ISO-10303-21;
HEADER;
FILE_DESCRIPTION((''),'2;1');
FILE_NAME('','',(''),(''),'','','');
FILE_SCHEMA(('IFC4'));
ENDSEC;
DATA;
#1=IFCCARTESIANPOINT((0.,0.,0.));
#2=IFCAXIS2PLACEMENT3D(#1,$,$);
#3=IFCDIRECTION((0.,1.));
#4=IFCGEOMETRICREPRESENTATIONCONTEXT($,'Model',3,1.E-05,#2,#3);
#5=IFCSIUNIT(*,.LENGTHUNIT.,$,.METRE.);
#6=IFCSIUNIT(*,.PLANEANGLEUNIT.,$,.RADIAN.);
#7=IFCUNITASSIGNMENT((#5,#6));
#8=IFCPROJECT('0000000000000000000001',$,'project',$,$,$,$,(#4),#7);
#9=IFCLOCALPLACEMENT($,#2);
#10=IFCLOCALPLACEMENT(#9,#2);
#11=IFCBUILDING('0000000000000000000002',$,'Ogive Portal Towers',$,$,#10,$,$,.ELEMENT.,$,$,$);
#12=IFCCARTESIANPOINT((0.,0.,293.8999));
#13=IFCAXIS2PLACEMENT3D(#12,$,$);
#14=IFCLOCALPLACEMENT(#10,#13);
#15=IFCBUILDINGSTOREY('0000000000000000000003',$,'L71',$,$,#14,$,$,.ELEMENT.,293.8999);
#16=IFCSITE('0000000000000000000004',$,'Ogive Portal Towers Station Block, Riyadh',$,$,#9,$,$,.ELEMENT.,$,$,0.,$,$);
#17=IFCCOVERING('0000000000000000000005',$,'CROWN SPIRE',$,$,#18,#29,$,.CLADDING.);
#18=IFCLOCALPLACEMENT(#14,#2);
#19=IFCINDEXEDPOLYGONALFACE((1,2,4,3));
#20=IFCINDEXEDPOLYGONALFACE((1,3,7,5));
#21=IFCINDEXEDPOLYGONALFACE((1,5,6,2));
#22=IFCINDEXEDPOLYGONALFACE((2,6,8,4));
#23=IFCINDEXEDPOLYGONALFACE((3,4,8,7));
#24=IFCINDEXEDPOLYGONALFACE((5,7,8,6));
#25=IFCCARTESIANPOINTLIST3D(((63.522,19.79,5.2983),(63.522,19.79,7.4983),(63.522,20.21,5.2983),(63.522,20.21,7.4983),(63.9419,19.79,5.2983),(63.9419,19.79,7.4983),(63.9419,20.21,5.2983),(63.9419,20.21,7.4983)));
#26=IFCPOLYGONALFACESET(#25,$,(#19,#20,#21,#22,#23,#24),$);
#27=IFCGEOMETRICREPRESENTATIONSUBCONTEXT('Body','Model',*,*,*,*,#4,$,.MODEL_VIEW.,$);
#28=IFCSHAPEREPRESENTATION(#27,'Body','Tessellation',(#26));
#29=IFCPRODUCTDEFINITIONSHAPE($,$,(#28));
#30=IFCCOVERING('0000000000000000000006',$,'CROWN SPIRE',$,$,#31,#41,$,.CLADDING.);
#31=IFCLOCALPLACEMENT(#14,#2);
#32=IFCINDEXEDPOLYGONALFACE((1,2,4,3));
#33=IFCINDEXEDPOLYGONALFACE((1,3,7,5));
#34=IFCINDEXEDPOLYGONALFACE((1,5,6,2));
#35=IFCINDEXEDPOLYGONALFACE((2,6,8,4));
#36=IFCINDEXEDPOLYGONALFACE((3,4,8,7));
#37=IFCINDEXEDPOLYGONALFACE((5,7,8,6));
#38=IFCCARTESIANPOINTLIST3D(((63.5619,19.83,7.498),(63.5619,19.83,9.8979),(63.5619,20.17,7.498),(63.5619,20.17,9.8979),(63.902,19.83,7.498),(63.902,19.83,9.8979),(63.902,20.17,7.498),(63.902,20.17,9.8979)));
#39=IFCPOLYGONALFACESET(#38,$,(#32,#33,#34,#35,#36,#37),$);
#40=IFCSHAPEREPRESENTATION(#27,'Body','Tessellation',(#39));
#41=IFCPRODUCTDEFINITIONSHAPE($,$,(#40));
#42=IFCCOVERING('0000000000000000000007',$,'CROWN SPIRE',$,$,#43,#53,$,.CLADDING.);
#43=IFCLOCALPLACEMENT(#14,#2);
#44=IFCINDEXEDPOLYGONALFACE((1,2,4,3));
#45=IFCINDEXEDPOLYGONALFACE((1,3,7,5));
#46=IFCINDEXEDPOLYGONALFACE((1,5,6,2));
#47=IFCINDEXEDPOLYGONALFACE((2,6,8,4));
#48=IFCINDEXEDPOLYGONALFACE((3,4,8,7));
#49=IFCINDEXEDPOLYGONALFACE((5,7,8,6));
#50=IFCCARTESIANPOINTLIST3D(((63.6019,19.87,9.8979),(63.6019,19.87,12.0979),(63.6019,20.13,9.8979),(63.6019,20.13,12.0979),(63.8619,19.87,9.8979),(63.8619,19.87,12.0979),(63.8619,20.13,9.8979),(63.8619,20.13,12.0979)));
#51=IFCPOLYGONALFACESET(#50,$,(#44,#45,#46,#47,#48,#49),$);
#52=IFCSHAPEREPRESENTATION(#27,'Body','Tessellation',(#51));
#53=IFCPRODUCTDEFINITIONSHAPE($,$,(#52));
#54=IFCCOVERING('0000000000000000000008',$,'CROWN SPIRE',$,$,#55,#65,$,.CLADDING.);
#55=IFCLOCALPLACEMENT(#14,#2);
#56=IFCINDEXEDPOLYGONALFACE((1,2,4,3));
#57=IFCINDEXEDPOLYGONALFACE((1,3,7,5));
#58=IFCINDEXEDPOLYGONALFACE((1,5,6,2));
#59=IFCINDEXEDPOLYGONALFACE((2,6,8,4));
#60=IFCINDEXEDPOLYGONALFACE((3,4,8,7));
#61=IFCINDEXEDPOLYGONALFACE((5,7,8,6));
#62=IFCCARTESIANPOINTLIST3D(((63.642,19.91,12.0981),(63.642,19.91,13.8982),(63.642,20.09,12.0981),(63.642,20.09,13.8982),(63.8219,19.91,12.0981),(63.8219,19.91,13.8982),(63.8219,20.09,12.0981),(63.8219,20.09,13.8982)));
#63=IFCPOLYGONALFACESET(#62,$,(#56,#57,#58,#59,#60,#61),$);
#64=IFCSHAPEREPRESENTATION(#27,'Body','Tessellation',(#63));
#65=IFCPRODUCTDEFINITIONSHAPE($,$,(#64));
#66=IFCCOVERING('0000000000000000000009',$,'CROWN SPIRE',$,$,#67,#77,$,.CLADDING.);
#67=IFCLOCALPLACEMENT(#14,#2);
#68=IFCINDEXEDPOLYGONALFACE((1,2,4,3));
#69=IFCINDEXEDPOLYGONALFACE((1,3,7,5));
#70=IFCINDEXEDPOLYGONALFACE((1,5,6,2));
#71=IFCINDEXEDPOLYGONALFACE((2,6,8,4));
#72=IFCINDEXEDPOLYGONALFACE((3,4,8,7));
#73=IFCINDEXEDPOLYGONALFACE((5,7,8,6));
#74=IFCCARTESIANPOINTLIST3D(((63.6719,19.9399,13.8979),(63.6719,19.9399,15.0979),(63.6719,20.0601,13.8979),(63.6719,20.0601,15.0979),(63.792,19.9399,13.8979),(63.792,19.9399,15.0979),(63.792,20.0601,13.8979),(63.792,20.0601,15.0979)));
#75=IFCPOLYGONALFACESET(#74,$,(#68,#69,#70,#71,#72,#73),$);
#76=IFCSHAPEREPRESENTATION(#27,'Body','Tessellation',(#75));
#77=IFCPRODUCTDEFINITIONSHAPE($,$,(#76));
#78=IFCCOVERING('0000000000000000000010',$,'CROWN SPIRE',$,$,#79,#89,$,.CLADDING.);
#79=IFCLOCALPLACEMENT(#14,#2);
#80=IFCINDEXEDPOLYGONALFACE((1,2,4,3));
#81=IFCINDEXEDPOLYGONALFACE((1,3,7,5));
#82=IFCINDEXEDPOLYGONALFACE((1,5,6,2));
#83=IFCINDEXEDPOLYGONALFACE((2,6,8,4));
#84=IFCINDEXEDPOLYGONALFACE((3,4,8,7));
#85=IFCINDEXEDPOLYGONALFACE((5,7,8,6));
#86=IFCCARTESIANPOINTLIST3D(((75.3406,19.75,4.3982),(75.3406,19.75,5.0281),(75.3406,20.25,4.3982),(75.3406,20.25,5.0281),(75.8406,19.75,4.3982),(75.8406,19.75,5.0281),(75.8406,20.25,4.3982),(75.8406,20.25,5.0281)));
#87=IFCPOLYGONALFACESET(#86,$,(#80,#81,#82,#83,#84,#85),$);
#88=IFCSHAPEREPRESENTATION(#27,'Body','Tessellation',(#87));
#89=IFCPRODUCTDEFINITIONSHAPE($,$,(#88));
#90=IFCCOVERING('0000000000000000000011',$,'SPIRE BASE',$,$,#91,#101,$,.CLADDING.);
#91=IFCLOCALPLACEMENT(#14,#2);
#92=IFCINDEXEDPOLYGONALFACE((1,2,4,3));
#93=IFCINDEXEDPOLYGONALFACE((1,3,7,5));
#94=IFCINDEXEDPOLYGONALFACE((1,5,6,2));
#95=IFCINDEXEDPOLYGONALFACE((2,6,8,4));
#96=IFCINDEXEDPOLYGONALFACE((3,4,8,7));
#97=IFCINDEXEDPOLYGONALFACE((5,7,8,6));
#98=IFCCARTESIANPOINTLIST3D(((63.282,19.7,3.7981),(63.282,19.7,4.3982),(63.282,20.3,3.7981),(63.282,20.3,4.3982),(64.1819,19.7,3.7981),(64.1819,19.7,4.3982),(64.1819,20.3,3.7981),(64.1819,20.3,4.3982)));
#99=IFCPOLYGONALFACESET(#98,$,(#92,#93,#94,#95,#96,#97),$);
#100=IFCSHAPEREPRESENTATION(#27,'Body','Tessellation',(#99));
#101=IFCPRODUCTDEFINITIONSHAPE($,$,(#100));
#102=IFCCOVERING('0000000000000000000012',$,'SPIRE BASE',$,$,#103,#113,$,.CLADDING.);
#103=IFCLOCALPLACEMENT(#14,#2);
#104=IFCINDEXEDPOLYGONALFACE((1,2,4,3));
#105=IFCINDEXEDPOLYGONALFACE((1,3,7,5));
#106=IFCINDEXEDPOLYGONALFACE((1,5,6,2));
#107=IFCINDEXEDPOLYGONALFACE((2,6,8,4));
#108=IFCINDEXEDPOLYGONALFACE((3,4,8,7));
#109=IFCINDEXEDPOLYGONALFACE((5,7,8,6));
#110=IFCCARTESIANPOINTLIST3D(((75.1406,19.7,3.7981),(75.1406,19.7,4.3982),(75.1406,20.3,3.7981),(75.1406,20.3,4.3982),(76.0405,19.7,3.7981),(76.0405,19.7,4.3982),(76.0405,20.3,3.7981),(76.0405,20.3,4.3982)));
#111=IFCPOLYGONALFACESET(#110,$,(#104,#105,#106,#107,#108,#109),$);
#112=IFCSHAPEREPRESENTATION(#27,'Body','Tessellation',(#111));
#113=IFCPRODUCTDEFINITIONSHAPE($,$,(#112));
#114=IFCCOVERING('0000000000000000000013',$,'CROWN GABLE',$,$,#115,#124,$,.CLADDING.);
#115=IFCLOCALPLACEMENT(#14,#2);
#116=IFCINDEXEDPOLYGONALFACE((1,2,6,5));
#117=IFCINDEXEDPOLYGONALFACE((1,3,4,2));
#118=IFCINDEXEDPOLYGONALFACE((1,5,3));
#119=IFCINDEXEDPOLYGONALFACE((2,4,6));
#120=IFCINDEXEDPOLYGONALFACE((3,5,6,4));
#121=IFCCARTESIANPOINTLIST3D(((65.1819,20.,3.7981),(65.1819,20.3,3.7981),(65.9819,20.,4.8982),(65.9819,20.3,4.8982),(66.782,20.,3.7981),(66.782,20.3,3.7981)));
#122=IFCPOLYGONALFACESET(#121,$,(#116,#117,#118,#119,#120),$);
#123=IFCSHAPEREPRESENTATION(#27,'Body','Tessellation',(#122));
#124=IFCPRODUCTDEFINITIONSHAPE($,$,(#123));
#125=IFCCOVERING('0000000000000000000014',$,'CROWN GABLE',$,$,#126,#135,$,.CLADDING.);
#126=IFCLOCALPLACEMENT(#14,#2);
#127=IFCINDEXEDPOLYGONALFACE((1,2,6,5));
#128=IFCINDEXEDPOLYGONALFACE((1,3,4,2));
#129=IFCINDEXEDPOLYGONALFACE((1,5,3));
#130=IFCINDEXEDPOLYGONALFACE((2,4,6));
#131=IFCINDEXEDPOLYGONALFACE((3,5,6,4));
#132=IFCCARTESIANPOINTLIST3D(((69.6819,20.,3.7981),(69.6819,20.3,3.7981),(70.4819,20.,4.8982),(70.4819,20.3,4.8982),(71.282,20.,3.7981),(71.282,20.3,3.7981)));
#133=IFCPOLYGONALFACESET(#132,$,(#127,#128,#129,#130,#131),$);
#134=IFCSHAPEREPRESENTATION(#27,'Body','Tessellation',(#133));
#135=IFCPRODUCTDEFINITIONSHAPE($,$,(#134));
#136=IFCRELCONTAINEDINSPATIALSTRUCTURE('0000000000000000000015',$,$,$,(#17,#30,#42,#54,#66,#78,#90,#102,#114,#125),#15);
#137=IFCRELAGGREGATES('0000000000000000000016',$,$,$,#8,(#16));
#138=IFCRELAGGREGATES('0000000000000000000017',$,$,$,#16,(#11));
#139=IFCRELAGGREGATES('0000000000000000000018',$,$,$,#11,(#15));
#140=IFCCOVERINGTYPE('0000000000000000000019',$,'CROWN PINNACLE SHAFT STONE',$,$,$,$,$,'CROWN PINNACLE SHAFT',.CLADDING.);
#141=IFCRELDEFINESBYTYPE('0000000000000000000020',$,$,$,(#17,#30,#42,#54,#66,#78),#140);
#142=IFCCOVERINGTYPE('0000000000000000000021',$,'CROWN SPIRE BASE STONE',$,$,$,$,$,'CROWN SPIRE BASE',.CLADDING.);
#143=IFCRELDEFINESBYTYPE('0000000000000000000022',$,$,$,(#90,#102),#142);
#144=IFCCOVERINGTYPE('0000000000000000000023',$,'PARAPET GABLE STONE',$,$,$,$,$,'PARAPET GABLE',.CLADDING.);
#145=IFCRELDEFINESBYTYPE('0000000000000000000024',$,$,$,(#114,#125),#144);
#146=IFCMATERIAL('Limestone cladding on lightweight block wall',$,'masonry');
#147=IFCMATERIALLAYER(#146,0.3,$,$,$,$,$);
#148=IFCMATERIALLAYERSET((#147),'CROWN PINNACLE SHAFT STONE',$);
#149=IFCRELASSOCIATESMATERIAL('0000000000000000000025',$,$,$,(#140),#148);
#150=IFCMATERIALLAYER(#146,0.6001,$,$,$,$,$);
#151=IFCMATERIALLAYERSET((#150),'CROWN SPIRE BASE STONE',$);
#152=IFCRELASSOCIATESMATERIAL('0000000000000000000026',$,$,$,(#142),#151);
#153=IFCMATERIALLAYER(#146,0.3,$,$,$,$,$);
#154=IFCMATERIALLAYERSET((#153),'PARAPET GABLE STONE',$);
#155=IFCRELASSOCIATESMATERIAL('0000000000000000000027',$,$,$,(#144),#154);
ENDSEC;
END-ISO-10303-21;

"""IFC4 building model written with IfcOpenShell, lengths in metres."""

from ifc_helpers import new_model, si_unit, direction, frame, origin, origin_2d, place, context, subcontext, project, spatial, polyline, rectangle, outline, extrude, material, layer, layer_set, type_object, element, save


model = new_model("IFC4")

# Units and contexts
model_context = context("Model", 3, precision=1e-05, world=origin(), true_north=direction((0.0, 1.0)))
body_context = subcontext(model_context, "Body", "Model", "MODEL_VIEW")
ifc_project = project(units=[si_unit("LENGTHUNIT", "METRE"), si_unit("PLANEANGLEUNIT", "RADIAN")], contexts=[model_context])

# Site, building, storey
site_placement = place(None, origin())
site = spatial("IfcSite", under=ifc_project, at=site_placement, Name="Ogive Portal Towers Station Block, Riyadh", CompositionType="ELEMENT", RefElevation=0.0)
building_placement = place(site_placement, origin())
building = spatial("IfcBuilding", under=site, at=building_placement, Name="Ogive Portal Towers", CompositionType="ELEMENT")
storey_placement = place(building_placement, frame((0.0, 0.0, 293.8999)))
storey = spatial("IfcBuildingStorey", under=building, at=storey_placement, Name="L71", CompositionType="ELEMENT", Elevation=293.8999)

# Coverings
ifc_material_1 = material(Name="Limestone cladding on lightweight block wall", Category="masonry")
ifc_layer_1 = layer(ifc_material_1, 0.3)
ifc_layer_set_1 = layer_set([ifc_layer_1], Name="CROWN PINNACLE SHAFT STONE")
covering_type_1 = type_object("IfcCoveringType", Name="CROWN PINNACLE SHAFT STONE", ElementType="CROWN PINNACLE SHAFT", PredefinedType="CLADDING", material=ifc_layer_set_1)
covering_1_placement = place(storey_placement, frame((63.7319, 20.0, 5.2983), z_axis=(0.0, 0.0, 1.0), x_axis=(1.0, 0.0, 0.0)))
element("IfcCovering", 1, at=covering_1_placement, inside=storey, type_object=covering_type_1, Name="CROWN SPIRE", PredefinedType="CLADDING", context=body_context, shape_type="SweptSolid", body=[
    extrude(rectangle(XDim=0.4199, YDim=0.4199, at=origin_2d()), origin(), (0.0, 0.0, 1.0), 2.2),
])
covering_2_placement = place(storey_placement, frame((63.7319, 20.0, 7.498), z_axis=(0.0, 0.0, 1.0), x_axis=(1.0, 0.0, 0.0)))
element("IfcCovering", 2, at=covering_2_placement, inside=storey, type_object=covering_type_1, Name="CROWN SPIRE", PredefinedType="CLADDING", context=body_context, shape_type="SweptSolid", body=[
    extrude(rectangle(XDim=0.3401, YDim=0.3401, at=origin_2d()), origin(), (0.0, 0.0, 1.0), 2.3999),
])
covering_3_placement = place(storey_placement, frame((63.7319, 20.0, 9.8979), z_axis=(0.0, 0.0, 1.0), x_axis=(1.0, 0.0, 0.0)))
element("IfcCovering", 3, at=covering_3_placement, inside=storey, type_object=covering_type_1, Name="CROWN SPIRE", PredefinedType="CLADDING", context=body_context, shape_type="SweptSolid", body=[
    extrude(rectangle(XDim=0.26, YDim=0.26, at=origin_2d()), origin(), (0.0, 0.0, 1.0), 2.2),
])
covering_4_placement = place(storey_placement, frame((63.7319, 20.0, 12.0981), z_axis=(0.0, 0.0, 1.0), x_axis=(1.0, 0.0, 0.0)))
element("IfcCovering", 4, at=covering_4_placement, inside=storey, type_object=covering_type_1, Name="CROWN SPIRE", PredefinedType="CLADDING", context=body_context, shape_type="SweptSolid", body=[
    extrude(rectangle(XDim=0.1799, YDim=0.1799, at=origin_2d()), origin(), (0.0, 0.0, 1.0), 1.8),
])
covering_5_placement = place(storey_placement, frame((63.7319, 20.0, 13.8979), z_axis=(0.0, 0.0, 1.0), x_axis=(1.0, 0.0, 0.0)))
element("IfcCovering", 5, at=covering_5_placement, inside=storey, type_object=covering_type_1, Name="CROWN SPIRE", PredefinedType="CLADDING", context=body_context, shape_type="SweptSolid", body=[
    extrude(rectangle(XDim=0.1201, YDim=0.1201, at=origin_2d()), origin(), (0.0, 0.0, 1.0), 1.2),
])
covering_6_placement = place(storey_placement, frame((75.5906, 20.0, 4.3982), z_axis=(0.0, 0.0, 1.0), x_axis=(1.0, 0.0, 0.0)))
element("IfcCovering", 6, at=covering_6_placement, inside=storey, type_object=covering_type_1, Name="CROWN SPIRE", PredefinedType="CLADDING", context=body_context, shape_type="SweptSolid", body=[
    extrude(rectangle(XDim=0.5, YDim=0.5, at=origin_2d()), origin(), (0.0, 0.0, 1.0), 0.6299),
])
ifc_layer_2 = layer(ifc_material_1, 0.6001)
ifc_layer_set_2 = layer_set([ifc_layer_2], Name="CROWN SPIRE BASE STONE")
covering_type_2 = type_object("IfcCoveringType", Name="CROWN SPIRE BASE STONE", ElementType="CROWN SPIRE BASE", PredefinedType="CLADDING", material=ifc_layer_set_2)
for number, where, z_axis, x_axis, name in (
    (7, (63.7319, 20.0, 3.7981), (0.0, 0.0, 1.0), (1.0, 0.0, 0.0), "SPIRE BASE"),
    (8, (75.5906, 20.0, 3.7981), (0.0, 0.0, 1.0), (1.0, 0.0, 0.0), "SPIRE BASE"),
):
    element("IfcCovering", number, at=place(storey_placement, frame(where, z_axis=z_axis, x_axis=x_axis)), inside=storey, type_object=covering_type_2, Name=name, PredefinedType="CLADDING", context=body_context, shape_type="SweptSolid", body=[
        extrude(rectangle(XDim=0.8999, YDim=0.6001, at=origin_2d()), origin(), (0.0, 0.0, 1.0), 0.6001),
    ])
ifc_layer_3 = layer(ifc_material_1, 0.3)
ifc_layer_set_3 = layer_set([ifc_layer_3], Name="PARAPET GABLE STONE")
covering_type_3 = type_object("IfcCoveringType", Name="PARAPET GABLE STONE", ElementType="PARAPET GABLE", PredefinedType="CLADDING", material=ifc_layer_set_3)
for number, where, z_axis, x_axis, name in (
    (9, (65.1819, 20.0, 3.7981), (0.0, -1.0, 0.0), (1.0, 0.0, 0.0), "CROWN GABLE"),
    (10, (69.6819, 20.0, 3.7981), (0.0, -1.0, 0.0), (1.0, 0.0, 0.0), "CROWN GABLE"),
):
    element("IfcCovering", number, at=place(storey_placement, frame(where, z_axis=z_axis, x_axis=x_axis)), inside=storey, type_object=covering_type_3, Name=name, PredefinedType="CLADDING", context=body_context, shape_type="SweptSolid", body=[
        extrude(outline(polyline([(0.0, 0.0), (1.6001, 0.0), (0.8, 1.1001), (0.0, 0.0)])), origin(), (0.0, 0.0, -1.0), 0.3),
    ])

save(model, "model.ifc")
